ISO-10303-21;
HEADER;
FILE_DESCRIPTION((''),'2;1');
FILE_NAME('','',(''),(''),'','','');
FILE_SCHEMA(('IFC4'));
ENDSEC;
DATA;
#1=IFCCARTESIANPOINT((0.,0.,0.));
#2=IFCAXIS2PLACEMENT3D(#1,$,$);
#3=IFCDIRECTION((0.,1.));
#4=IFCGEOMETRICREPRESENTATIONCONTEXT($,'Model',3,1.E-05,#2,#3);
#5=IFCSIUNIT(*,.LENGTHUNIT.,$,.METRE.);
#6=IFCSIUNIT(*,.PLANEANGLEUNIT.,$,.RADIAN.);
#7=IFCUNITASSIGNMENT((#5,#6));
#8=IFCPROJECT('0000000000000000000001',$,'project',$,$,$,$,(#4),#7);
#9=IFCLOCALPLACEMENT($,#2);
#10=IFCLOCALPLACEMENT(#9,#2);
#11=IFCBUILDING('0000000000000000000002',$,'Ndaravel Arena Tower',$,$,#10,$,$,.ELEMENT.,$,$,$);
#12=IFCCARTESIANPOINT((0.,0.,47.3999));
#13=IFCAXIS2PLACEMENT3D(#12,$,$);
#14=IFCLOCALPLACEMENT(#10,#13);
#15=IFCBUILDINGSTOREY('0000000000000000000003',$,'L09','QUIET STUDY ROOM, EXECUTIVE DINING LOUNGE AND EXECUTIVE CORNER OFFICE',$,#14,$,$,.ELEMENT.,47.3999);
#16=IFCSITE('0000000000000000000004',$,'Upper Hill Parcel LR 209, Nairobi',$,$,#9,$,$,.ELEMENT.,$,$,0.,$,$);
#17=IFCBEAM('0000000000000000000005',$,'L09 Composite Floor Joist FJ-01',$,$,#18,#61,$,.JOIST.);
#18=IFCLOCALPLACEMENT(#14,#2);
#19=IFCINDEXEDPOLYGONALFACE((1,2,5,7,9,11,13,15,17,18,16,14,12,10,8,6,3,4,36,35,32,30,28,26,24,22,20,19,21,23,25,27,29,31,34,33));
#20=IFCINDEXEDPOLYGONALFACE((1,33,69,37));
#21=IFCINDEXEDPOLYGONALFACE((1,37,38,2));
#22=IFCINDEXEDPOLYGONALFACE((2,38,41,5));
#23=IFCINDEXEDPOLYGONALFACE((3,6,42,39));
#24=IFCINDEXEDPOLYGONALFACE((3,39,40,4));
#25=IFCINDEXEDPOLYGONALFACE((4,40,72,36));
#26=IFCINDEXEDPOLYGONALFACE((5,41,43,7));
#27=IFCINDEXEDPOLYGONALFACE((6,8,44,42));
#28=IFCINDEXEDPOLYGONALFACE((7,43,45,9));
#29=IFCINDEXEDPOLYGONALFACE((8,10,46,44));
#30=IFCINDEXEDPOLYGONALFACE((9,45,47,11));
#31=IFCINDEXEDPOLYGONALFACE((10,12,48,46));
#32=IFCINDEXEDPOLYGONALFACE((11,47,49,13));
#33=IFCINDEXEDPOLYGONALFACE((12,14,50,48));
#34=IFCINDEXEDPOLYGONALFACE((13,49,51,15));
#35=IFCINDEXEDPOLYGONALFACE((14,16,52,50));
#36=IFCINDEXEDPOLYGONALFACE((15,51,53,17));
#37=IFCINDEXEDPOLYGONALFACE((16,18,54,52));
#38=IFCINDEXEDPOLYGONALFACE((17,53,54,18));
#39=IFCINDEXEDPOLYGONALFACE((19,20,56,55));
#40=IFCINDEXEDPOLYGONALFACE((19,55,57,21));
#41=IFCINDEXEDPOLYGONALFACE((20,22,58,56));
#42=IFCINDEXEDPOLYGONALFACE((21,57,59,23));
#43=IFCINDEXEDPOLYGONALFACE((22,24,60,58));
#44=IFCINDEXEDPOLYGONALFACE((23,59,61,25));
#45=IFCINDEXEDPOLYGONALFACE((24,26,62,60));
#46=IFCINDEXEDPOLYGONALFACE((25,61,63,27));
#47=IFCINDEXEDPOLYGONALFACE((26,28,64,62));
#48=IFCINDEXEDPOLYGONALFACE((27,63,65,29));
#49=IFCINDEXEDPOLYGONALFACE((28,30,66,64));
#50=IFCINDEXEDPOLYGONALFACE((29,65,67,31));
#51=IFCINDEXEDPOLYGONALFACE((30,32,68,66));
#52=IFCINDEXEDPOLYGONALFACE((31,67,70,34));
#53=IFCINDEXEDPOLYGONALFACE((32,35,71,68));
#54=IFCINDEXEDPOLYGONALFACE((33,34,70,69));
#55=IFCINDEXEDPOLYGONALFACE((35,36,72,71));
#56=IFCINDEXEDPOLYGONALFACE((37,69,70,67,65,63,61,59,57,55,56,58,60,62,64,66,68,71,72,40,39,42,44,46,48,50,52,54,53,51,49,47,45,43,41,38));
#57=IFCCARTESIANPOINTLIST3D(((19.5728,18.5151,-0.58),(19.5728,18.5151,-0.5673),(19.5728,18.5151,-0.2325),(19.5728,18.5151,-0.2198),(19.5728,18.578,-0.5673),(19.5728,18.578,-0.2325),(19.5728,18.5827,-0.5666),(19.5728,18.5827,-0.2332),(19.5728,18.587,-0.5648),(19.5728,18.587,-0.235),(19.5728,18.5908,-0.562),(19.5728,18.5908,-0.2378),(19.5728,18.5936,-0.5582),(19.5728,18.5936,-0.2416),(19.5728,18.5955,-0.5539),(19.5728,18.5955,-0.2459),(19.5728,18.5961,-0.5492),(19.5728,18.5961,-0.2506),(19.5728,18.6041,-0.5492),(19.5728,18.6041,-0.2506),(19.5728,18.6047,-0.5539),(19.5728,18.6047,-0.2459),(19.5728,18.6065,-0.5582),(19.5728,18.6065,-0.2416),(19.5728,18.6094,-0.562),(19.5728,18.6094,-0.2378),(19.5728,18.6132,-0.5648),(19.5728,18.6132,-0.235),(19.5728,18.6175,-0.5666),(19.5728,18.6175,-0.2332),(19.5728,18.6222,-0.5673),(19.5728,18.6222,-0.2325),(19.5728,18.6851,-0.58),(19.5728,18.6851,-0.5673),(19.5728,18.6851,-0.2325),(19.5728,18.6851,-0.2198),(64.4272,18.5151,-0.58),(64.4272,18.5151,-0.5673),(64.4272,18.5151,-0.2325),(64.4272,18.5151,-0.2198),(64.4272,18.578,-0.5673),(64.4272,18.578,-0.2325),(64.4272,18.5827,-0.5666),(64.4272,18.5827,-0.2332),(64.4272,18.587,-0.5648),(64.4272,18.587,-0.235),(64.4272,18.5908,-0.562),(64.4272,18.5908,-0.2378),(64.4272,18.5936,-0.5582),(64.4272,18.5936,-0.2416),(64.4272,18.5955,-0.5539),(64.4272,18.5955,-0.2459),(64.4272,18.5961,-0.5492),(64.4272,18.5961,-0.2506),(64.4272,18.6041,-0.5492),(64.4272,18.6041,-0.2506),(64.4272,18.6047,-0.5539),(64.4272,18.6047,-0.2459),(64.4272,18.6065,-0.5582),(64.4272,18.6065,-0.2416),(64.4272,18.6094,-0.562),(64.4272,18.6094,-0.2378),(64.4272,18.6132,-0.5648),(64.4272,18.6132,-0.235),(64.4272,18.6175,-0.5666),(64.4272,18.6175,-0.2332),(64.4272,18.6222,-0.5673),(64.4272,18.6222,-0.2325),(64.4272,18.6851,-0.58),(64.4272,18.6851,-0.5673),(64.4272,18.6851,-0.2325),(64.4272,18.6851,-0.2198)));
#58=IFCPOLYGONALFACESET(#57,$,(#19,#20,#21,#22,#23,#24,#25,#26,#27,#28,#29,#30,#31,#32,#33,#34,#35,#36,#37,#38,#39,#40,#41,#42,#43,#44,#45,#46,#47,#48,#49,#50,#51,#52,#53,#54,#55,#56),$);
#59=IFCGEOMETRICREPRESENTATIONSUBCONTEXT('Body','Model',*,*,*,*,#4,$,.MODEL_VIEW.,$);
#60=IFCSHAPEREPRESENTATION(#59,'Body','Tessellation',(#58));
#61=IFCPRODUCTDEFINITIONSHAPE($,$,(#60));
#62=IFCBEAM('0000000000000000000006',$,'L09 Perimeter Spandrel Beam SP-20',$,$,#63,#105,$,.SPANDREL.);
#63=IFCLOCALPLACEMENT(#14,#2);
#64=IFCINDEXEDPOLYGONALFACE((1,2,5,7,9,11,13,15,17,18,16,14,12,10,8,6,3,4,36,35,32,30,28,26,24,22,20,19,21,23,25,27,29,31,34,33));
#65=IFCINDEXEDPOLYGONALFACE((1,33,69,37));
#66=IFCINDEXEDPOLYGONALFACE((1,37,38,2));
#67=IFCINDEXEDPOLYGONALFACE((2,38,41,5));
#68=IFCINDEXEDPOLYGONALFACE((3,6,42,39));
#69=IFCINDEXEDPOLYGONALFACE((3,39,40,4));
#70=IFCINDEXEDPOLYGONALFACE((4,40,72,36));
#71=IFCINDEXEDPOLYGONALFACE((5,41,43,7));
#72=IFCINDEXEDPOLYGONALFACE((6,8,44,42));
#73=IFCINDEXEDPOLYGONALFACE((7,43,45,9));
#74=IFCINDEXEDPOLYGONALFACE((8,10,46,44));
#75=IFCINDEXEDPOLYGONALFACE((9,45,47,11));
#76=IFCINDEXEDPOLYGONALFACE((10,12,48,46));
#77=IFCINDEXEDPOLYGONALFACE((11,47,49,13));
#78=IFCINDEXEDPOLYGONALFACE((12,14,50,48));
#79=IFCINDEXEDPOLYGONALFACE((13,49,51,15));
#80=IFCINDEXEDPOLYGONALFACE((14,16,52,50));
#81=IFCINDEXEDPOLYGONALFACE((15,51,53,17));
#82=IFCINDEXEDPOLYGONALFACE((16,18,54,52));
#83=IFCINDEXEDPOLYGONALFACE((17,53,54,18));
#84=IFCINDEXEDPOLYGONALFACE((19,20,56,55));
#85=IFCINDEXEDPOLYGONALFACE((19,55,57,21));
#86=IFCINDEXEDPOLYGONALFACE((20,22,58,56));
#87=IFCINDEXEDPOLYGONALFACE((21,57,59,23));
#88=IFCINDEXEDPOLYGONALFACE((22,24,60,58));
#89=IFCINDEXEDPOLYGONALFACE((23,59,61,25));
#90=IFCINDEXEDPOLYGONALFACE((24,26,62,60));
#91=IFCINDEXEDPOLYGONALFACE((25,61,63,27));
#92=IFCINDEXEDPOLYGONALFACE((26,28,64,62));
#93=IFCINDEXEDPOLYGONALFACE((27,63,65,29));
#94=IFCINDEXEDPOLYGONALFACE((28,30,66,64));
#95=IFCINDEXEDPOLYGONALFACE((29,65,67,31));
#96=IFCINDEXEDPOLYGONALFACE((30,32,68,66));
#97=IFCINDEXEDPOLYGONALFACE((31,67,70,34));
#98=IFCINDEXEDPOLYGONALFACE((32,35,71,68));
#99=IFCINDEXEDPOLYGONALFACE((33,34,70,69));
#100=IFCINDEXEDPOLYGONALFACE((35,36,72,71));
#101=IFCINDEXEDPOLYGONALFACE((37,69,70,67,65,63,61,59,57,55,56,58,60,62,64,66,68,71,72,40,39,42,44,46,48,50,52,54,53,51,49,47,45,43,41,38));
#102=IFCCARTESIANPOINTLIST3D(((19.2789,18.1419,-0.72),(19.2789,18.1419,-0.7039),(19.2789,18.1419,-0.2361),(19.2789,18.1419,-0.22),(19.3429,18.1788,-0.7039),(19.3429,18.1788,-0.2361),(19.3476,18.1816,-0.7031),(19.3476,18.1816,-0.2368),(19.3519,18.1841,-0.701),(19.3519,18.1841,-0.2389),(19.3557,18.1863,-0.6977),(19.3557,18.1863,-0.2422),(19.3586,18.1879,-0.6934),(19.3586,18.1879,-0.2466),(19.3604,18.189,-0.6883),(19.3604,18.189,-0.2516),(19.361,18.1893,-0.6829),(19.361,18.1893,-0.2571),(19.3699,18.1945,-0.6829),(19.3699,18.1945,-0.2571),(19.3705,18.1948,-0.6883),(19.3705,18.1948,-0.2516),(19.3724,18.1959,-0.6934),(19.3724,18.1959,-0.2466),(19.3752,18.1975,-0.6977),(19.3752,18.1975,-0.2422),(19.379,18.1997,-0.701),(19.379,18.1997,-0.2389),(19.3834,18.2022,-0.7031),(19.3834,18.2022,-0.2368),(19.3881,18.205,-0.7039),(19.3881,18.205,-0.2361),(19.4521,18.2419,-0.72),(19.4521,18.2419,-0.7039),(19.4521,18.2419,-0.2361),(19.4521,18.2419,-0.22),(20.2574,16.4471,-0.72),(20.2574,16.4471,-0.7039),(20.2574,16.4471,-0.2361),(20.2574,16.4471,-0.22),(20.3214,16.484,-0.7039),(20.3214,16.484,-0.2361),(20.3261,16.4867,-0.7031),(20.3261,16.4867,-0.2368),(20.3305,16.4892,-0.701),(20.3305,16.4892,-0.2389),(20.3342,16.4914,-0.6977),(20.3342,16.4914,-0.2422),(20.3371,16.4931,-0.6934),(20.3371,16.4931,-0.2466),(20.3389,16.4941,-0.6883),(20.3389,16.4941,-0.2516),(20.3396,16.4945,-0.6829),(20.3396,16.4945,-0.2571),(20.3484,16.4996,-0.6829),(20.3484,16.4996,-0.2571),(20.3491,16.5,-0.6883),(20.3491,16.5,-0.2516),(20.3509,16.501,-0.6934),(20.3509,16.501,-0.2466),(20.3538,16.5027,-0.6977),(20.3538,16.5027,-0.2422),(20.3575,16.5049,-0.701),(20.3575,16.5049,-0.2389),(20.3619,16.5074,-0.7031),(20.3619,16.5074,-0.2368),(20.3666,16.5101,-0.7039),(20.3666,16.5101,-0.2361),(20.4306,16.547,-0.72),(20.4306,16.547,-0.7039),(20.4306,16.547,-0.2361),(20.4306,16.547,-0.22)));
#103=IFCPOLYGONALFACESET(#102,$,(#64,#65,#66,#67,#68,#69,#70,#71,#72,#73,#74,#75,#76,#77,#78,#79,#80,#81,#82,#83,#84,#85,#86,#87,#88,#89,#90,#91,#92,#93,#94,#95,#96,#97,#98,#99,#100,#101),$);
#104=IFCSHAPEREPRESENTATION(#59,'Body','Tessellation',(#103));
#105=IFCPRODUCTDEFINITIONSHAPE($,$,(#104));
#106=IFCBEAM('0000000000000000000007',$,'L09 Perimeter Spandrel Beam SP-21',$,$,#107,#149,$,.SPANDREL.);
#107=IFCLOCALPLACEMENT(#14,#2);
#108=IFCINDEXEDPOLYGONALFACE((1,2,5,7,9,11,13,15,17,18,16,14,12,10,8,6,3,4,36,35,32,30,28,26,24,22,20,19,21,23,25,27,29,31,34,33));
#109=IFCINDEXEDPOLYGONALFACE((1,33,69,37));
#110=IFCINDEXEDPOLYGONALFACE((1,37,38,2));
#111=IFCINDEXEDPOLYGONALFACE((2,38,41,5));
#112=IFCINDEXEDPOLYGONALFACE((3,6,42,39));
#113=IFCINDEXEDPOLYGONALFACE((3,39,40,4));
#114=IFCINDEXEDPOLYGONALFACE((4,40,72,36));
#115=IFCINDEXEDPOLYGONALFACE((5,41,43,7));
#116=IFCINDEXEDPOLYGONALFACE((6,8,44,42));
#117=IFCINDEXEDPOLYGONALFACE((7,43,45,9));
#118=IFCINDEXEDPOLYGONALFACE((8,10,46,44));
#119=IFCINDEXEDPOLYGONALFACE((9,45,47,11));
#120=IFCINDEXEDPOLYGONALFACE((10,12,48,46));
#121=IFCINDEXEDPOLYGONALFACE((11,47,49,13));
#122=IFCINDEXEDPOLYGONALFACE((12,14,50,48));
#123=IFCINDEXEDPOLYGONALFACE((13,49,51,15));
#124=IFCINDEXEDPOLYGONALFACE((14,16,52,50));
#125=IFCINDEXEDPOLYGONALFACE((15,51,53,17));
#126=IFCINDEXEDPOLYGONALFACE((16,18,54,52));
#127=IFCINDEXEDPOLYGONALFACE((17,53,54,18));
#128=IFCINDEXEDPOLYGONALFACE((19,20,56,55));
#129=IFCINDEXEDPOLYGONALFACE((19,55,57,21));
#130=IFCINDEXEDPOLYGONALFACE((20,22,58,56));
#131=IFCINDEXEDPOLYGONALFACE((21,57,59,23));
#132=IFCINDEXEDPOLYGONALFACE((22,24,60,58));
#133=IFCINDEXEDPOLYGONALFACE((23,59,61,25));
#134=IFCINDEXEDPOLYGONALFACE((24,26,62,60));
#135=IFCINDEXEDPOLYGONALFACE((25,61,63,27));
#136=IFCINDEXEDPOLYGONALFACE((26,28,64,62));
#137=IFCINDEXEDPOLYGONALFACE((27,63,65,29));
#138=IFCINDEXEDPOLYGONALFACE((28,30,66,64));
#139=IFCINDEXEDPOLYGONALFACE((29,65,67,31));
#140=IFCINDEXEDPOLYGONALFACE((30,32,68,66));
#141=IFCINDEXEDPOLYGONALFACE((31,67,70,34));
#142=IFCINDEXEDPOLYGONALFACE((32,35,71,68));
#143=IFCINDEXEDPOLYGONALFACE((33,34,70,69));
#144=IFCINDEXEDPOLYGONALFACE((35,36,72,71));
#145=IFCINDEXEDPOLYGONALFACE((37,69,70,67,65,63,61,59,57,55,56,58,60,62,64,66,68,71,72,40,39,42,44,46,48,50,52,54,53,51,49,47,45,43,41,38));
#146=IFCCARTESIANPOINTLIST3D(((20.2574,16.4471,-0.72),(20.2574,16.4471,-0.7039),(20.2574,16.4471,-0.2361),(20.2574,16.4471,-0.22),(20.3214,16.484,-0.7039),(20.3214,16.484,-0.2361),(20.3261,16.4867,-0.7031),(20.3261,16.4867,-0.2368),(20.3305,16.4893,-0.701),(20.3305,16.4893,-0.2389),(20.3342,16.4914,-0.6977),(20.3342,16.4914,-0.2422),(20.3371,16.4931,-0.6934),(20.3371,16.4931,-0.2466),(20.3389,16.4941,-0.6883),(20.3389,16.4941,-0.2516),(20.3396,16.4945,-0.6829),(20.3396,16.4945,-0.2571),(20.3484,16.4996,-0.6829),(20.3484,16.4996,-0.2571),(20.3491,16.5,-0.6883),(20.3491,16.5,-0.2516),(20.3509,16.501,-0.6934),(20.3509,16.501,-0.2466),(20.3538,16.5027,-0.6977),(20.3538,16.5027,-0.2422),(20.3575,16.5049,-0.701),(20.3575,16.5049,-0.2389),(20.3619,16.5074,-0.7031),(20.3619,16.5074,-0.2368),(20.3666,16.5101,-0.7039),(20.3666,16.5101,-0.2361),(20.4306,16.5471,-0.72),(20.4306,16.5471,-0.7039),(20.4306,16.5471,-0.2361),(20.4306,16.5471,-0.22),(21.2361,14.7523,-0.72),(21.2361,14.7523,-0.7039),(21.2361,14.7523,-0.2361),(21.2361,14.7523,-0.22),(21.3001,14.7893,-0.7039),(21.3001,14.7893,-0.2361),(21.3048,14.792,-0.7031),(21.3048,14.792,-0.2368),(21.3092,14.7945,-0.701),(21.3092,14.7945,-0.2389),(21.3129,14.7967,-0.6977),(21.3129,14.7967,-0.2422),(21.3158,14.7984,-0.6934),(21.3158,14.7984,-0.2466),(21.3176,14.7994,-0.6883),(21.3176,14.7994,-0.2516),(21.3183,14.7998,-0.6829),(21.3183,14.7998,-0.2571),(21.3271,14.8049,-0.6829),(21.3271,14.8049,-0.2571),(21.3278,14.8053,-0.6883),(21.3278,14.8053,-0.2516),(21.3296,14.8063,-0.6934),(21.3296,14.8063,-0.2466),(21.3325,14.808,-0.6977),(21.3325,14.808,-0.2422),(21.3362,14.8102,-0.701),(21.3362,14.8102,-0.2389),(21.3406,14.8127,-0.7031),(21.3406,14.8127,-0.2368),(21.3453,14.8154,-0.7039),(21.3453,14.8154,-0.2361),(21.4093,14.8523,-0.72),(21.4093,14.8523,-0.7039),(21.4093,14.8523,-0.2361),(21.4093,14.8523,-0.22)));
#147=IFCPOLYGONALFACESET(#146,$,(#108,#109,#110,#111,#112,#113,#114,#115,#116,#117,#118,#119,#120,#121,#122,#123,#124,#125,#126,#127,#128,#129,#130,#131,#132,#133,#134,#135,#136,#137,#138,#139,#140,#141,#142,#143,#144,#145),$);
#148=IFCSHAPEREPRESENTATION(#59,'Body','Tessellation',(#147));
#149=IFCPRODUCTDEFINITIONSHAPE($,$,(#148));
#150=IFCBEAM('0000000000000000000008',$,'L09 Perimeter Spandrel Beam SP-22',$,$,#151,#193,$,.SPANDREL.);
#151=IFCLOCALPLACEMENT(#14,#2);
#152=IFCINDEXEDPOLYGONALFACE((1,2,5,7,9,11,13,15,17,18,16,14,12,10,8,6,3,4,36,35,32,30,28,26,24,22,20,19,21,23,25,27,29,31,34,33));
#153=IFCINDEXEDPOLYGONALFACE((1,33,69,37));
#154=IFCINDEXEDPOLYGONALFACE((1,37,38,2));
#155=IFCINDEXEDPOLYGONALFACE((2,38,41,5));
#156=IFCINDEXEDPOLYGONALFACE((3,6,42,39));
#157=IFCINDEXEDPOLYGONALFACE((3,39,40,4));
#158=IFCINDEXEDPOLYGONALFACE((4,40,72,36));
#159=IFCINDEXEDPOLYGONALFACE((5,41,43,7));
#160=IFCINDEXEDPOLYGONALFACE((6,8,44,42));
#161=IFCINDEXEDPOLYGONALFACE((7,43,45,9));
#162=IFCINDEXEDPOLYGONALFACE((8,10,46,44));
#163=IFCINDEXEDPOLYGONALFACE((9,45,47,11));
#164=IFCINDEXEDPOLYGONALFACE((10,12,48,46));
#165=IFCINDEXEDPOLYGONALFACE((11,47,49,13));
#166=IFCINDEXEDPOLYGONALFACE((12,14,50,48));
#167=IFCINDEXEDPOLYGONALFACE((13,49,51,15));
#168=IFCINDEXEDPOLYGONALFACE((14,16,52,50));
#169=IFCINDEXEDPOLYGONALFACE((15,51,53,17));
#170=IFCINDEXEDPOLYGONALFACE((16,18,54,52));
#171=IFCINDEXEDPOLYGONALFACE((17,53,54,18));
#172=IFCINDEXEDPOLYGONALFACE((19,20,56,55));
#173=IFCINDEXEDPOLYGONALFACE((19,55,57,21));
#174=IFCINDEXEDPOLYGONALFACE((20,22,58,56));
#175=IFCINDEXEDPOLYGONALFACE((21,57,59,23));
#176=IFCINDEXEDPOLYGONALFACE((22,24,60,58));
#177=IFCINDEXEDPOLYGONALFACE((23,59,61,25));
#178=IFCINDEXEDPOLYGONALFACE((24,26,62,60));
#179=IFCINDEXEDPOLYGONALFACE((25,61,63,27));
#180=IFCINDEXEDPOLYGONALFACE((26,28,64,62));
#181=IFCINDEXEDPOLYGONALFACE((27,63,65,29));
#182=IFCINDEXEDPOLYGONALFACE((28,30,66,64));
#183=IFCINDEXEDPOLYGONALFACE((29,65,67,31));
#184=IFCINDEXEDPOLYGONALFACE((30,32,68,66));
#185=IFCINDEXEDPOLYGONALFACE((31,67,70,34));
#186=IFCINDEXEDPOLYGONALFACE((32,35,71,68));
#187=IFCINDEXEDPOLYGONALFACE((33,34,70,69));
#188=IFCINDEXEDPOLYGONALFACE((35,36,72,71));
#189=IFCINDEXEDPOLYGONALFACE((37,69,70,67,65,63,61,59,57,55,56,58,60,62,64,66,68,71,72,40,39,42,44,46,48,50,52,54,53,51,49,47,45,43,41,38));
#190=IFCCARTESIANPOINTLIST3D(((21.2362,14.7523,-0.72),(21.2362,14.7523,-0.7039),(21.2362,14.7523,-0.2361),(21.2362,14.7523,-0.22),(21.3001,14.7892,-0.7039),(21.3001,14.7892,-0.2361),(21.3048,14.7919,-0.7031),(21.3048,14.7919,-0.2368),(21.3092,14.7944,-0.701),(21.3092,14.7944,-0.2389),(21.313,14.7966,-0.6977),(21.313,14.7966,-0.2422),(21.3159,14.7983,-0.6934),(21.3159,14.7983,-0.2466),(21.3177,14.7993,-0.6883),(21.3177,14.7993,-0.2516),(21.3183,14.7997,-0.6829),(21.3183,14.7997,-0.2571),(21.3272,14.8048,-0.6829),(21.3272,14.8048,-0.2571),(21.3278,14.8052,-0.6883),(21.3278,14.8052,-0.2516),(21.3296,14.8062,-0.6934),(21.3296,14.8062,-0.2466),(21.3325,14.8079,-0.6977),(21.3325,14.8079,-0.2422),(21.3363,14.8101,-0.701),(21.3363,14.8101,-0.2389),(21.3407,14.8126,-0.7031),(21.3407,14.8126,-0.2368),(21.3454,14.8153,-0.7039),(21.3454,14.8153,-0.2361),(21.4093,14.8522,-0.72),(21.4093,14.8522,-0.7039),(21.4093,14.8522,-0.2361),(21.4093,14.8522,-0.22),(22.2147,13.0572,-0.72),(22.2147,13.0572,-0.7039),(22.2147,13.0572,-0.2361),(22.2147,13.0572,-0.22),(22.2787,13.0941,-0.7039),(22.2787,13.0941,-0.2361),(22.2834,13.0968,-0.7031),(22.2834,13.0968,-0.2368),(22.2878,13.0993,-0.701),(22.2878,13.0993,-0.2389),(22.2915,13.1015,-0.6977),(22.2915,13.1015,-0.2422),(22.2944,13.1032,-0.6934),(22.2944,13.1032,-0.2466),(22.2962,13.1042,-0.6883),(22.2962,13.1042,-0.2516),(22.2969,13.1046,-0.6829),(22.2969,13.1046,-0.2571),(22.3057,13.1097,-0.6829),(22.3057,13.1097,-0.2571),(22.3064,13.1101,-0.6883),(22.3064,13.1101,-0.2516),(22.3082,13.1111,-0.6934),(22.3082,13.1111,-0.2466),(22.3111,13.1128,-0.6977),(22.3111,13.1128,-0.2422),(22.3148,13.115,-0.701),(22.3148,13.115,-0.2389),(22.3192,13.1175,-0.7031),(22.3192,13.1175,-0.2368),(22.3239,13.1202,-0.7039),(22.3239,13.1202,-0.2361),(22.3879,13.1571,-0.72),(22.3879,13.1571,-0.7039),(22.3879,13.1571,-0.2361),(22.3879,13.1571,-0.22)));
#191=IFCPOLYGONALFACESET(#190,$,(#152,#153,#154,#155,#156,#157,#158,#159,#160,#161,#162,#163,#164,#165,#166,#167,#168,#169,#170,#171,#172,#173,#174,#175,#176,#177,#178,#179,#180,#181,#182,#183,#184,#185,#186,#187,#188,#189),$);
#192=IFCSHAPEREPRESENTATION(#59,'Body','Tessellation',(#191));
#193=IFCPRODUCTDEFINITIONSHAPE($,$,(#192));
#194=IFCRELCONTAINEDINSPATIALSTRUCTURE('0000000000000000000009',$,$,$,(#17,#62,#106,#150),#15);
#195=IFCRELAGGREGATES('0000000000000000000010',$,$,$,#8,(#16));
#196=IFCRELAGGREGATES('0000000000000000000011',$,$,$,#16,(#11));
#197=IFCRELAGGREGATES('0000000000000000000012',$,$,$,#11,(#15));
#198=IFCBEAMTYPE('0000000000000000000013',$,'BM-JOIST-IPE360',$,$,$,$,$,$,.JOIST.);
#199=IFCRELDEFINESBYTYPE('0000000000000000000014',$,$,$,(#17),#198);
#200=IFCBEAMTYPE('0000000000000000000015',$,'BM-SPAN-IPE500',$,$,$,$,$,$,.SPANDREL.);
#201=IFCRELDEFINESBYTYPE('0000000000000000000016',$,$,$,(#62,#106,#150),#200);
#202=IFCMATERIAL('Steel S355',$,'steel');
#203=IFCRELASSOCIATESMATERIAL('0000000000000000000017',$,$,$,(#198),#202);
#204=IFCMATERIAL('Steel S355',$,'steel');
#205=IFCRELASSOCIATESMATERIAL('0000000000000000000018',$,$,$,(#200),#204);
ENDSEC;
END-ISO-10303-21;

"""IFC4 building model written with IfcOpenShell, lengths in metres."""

from ifc_helpers import new_model, si_unit, direction, frame, origin, origin_2d, place, context, subcontext, project, spatial, i_section, extrude, material, material_profile, profile_set, type_object, element, save


model = new_model("IFC4")

# Units and contexts
model_context = context("Model", 3, precision=1e-05, world=origin(), true_north=direction((0.0, 1.0)))
body_context = subcontext(model_context, "Body", "Model", "MODEL_VIEW")
ifc_project = project(units=[si_unit("LENGTHUNIT", "METRE"), si_unit("PLANEANGLEUNIT", "RADIAN")], contexts=[model_context])

# Site, building, storey
site_placement = place(None, origin())
site = spatial("IfcSite", under=ifc_project, at=site_placement, Name="Upper Hill Parcel LR 209, Nairobi", CompositionType="ELEMENT", RefElevation=0.0)
building_placement = place(site_placement, origin())
building = spatial("IfcBuilding", under=site, at=building_placement, Name="Ndaravel Arena Tower", CompositionType="ELEMENT")
storey_placement = place(building_placement, frame((0.0, 0.0, 47.3999)))
storey = spatial("IfcBuildingStorey", under=building, at=storey_placement, Name="L09", Description="QUIET STUDY ROOM, EXECUTIVE DINING LOUNGE AND EXECUTIVE CORNER OFFICE", CompositionType="ELEMENT", Elevation=47.3999)

# Beams
ifc_material_1 = material(Name="Steel S355", Category="steel")
ifc_material_profile_1 = material_profile(ifc_material_1, i_section(OverallWidth=0.1699, OverallDepth=0.3601, WebThickness=0.0081, FlangeThickness=0.0127, FilletRadius=0.0181, at=origin_2d()), Name="IPE 360")
ifc_profile_set_1 = profile_set([ifc_material_profile_1], Name="Steel S355")
beam_type_1 = type_object("IfcBeamType", Name="BM-JOIST-IPE360", PredefinedType="JOIST", material=ifc_profile_set_1)
beam_1_placement = place(storey_placement, frame((19.5728, 18.6001, -0.3999), z_axis=(1.0, 0.0, 0.0), x_axis=(0.0, 1.0, 0.0)))
element("IfcBeam", 1, at=beam_1_placement, inside=storey, type_object=beam_type_1, Name="L09 Composite Floor Joist FJ-01", PredefinedType="JOIST", context=body_context, shape_type="SweptSolid", body=[
    extrude(i_section(OverallWidth=0.1699, OverallDepth=0.3601, WebThickness=0.0081, FlangeThickness=0.0127, FilletRadius=0.0181, at=origin_2d()), origin(), (0.0, 0.0, 1.0), 44.8545),
])
ifc_material_2 = material(Name="Steel S355", Category="steel")
ifc_material_profile_2 = material_profile(ifc_material_2, i_section(OverallWidth=0.2, OverallDepth=0.5, WebThickness=0.0103, FlangeThickness=0.0161, FilletRadius=0.021, at=origin_2d()), Name="IPE 500")
ifc_profile_set_2 = profile_set([ifc_material_profile_2], Name="Steel S355")
beam_type_2 = type_object("IfcBeamType", Name="BM-SPAN-IPE500", PredefinedType="SPANDREL", material=ifc_profile_set_2)
for number, where, z_axis, x_axis, name in (
    (2, (19.3655, 18.1919, -0.47), (0.500003, -0.866024, 0.0), (0.866024, 0.500003, 0.0), "L09 Perimeter Spandrel Beam SP-20"),
    (3, (20.344, 16.4971, -0.47), (0.500097, -0.86597, 0.0), (0.86597, 0.500097, 0.0), "L09 Perimeter Spandrel Beam SP-21"),
):
    element("IfcBeam", number, at=place(storey_placement, frame(where, z_axis=z_axis, x_axis=x_axis)), inside=storey, type_object=beam_type_2, Name=name, PredefinedType="SPANDREL", context=body_context, shape_type="SweptSolid", body=[
        extrude(i_section(OverallWidth=0.2, OverallDepth=0.5, WebThickness=0.0103, FlangeThickness=0.0161, FilletRadius=0.021, at=origin_2d()), origin(), (0.0, 0.0, 1.0), 1.957),
    ])
beam_2_placement = place(storey_placement, frame((21.3228, 14.8022, -0.47), z_axis=(0.499949, -0.866055, 0.0), x_axis=(0.866055, 0.499949, 0.0)))
element("IfcBeam", 4, at=beam_2_placement, inside=storey, type_object=beam_type_2, Name="L09 Perimeter Spandrel Beam SP-22", PredefinedType="SPANDREL", context=body_context, shape_type="SweptSolid", body=[
    extrude(i_section(OverallWidth=0.2, OverallDepth=0.5, WebThickness=0.0103, FlangeThickness=0.0161, FilletRadius=0.021, at=origin_2d()), origin(), (0.0, 0.0, 1.0), 1.9573),
])

save(model, "model.ifc")
